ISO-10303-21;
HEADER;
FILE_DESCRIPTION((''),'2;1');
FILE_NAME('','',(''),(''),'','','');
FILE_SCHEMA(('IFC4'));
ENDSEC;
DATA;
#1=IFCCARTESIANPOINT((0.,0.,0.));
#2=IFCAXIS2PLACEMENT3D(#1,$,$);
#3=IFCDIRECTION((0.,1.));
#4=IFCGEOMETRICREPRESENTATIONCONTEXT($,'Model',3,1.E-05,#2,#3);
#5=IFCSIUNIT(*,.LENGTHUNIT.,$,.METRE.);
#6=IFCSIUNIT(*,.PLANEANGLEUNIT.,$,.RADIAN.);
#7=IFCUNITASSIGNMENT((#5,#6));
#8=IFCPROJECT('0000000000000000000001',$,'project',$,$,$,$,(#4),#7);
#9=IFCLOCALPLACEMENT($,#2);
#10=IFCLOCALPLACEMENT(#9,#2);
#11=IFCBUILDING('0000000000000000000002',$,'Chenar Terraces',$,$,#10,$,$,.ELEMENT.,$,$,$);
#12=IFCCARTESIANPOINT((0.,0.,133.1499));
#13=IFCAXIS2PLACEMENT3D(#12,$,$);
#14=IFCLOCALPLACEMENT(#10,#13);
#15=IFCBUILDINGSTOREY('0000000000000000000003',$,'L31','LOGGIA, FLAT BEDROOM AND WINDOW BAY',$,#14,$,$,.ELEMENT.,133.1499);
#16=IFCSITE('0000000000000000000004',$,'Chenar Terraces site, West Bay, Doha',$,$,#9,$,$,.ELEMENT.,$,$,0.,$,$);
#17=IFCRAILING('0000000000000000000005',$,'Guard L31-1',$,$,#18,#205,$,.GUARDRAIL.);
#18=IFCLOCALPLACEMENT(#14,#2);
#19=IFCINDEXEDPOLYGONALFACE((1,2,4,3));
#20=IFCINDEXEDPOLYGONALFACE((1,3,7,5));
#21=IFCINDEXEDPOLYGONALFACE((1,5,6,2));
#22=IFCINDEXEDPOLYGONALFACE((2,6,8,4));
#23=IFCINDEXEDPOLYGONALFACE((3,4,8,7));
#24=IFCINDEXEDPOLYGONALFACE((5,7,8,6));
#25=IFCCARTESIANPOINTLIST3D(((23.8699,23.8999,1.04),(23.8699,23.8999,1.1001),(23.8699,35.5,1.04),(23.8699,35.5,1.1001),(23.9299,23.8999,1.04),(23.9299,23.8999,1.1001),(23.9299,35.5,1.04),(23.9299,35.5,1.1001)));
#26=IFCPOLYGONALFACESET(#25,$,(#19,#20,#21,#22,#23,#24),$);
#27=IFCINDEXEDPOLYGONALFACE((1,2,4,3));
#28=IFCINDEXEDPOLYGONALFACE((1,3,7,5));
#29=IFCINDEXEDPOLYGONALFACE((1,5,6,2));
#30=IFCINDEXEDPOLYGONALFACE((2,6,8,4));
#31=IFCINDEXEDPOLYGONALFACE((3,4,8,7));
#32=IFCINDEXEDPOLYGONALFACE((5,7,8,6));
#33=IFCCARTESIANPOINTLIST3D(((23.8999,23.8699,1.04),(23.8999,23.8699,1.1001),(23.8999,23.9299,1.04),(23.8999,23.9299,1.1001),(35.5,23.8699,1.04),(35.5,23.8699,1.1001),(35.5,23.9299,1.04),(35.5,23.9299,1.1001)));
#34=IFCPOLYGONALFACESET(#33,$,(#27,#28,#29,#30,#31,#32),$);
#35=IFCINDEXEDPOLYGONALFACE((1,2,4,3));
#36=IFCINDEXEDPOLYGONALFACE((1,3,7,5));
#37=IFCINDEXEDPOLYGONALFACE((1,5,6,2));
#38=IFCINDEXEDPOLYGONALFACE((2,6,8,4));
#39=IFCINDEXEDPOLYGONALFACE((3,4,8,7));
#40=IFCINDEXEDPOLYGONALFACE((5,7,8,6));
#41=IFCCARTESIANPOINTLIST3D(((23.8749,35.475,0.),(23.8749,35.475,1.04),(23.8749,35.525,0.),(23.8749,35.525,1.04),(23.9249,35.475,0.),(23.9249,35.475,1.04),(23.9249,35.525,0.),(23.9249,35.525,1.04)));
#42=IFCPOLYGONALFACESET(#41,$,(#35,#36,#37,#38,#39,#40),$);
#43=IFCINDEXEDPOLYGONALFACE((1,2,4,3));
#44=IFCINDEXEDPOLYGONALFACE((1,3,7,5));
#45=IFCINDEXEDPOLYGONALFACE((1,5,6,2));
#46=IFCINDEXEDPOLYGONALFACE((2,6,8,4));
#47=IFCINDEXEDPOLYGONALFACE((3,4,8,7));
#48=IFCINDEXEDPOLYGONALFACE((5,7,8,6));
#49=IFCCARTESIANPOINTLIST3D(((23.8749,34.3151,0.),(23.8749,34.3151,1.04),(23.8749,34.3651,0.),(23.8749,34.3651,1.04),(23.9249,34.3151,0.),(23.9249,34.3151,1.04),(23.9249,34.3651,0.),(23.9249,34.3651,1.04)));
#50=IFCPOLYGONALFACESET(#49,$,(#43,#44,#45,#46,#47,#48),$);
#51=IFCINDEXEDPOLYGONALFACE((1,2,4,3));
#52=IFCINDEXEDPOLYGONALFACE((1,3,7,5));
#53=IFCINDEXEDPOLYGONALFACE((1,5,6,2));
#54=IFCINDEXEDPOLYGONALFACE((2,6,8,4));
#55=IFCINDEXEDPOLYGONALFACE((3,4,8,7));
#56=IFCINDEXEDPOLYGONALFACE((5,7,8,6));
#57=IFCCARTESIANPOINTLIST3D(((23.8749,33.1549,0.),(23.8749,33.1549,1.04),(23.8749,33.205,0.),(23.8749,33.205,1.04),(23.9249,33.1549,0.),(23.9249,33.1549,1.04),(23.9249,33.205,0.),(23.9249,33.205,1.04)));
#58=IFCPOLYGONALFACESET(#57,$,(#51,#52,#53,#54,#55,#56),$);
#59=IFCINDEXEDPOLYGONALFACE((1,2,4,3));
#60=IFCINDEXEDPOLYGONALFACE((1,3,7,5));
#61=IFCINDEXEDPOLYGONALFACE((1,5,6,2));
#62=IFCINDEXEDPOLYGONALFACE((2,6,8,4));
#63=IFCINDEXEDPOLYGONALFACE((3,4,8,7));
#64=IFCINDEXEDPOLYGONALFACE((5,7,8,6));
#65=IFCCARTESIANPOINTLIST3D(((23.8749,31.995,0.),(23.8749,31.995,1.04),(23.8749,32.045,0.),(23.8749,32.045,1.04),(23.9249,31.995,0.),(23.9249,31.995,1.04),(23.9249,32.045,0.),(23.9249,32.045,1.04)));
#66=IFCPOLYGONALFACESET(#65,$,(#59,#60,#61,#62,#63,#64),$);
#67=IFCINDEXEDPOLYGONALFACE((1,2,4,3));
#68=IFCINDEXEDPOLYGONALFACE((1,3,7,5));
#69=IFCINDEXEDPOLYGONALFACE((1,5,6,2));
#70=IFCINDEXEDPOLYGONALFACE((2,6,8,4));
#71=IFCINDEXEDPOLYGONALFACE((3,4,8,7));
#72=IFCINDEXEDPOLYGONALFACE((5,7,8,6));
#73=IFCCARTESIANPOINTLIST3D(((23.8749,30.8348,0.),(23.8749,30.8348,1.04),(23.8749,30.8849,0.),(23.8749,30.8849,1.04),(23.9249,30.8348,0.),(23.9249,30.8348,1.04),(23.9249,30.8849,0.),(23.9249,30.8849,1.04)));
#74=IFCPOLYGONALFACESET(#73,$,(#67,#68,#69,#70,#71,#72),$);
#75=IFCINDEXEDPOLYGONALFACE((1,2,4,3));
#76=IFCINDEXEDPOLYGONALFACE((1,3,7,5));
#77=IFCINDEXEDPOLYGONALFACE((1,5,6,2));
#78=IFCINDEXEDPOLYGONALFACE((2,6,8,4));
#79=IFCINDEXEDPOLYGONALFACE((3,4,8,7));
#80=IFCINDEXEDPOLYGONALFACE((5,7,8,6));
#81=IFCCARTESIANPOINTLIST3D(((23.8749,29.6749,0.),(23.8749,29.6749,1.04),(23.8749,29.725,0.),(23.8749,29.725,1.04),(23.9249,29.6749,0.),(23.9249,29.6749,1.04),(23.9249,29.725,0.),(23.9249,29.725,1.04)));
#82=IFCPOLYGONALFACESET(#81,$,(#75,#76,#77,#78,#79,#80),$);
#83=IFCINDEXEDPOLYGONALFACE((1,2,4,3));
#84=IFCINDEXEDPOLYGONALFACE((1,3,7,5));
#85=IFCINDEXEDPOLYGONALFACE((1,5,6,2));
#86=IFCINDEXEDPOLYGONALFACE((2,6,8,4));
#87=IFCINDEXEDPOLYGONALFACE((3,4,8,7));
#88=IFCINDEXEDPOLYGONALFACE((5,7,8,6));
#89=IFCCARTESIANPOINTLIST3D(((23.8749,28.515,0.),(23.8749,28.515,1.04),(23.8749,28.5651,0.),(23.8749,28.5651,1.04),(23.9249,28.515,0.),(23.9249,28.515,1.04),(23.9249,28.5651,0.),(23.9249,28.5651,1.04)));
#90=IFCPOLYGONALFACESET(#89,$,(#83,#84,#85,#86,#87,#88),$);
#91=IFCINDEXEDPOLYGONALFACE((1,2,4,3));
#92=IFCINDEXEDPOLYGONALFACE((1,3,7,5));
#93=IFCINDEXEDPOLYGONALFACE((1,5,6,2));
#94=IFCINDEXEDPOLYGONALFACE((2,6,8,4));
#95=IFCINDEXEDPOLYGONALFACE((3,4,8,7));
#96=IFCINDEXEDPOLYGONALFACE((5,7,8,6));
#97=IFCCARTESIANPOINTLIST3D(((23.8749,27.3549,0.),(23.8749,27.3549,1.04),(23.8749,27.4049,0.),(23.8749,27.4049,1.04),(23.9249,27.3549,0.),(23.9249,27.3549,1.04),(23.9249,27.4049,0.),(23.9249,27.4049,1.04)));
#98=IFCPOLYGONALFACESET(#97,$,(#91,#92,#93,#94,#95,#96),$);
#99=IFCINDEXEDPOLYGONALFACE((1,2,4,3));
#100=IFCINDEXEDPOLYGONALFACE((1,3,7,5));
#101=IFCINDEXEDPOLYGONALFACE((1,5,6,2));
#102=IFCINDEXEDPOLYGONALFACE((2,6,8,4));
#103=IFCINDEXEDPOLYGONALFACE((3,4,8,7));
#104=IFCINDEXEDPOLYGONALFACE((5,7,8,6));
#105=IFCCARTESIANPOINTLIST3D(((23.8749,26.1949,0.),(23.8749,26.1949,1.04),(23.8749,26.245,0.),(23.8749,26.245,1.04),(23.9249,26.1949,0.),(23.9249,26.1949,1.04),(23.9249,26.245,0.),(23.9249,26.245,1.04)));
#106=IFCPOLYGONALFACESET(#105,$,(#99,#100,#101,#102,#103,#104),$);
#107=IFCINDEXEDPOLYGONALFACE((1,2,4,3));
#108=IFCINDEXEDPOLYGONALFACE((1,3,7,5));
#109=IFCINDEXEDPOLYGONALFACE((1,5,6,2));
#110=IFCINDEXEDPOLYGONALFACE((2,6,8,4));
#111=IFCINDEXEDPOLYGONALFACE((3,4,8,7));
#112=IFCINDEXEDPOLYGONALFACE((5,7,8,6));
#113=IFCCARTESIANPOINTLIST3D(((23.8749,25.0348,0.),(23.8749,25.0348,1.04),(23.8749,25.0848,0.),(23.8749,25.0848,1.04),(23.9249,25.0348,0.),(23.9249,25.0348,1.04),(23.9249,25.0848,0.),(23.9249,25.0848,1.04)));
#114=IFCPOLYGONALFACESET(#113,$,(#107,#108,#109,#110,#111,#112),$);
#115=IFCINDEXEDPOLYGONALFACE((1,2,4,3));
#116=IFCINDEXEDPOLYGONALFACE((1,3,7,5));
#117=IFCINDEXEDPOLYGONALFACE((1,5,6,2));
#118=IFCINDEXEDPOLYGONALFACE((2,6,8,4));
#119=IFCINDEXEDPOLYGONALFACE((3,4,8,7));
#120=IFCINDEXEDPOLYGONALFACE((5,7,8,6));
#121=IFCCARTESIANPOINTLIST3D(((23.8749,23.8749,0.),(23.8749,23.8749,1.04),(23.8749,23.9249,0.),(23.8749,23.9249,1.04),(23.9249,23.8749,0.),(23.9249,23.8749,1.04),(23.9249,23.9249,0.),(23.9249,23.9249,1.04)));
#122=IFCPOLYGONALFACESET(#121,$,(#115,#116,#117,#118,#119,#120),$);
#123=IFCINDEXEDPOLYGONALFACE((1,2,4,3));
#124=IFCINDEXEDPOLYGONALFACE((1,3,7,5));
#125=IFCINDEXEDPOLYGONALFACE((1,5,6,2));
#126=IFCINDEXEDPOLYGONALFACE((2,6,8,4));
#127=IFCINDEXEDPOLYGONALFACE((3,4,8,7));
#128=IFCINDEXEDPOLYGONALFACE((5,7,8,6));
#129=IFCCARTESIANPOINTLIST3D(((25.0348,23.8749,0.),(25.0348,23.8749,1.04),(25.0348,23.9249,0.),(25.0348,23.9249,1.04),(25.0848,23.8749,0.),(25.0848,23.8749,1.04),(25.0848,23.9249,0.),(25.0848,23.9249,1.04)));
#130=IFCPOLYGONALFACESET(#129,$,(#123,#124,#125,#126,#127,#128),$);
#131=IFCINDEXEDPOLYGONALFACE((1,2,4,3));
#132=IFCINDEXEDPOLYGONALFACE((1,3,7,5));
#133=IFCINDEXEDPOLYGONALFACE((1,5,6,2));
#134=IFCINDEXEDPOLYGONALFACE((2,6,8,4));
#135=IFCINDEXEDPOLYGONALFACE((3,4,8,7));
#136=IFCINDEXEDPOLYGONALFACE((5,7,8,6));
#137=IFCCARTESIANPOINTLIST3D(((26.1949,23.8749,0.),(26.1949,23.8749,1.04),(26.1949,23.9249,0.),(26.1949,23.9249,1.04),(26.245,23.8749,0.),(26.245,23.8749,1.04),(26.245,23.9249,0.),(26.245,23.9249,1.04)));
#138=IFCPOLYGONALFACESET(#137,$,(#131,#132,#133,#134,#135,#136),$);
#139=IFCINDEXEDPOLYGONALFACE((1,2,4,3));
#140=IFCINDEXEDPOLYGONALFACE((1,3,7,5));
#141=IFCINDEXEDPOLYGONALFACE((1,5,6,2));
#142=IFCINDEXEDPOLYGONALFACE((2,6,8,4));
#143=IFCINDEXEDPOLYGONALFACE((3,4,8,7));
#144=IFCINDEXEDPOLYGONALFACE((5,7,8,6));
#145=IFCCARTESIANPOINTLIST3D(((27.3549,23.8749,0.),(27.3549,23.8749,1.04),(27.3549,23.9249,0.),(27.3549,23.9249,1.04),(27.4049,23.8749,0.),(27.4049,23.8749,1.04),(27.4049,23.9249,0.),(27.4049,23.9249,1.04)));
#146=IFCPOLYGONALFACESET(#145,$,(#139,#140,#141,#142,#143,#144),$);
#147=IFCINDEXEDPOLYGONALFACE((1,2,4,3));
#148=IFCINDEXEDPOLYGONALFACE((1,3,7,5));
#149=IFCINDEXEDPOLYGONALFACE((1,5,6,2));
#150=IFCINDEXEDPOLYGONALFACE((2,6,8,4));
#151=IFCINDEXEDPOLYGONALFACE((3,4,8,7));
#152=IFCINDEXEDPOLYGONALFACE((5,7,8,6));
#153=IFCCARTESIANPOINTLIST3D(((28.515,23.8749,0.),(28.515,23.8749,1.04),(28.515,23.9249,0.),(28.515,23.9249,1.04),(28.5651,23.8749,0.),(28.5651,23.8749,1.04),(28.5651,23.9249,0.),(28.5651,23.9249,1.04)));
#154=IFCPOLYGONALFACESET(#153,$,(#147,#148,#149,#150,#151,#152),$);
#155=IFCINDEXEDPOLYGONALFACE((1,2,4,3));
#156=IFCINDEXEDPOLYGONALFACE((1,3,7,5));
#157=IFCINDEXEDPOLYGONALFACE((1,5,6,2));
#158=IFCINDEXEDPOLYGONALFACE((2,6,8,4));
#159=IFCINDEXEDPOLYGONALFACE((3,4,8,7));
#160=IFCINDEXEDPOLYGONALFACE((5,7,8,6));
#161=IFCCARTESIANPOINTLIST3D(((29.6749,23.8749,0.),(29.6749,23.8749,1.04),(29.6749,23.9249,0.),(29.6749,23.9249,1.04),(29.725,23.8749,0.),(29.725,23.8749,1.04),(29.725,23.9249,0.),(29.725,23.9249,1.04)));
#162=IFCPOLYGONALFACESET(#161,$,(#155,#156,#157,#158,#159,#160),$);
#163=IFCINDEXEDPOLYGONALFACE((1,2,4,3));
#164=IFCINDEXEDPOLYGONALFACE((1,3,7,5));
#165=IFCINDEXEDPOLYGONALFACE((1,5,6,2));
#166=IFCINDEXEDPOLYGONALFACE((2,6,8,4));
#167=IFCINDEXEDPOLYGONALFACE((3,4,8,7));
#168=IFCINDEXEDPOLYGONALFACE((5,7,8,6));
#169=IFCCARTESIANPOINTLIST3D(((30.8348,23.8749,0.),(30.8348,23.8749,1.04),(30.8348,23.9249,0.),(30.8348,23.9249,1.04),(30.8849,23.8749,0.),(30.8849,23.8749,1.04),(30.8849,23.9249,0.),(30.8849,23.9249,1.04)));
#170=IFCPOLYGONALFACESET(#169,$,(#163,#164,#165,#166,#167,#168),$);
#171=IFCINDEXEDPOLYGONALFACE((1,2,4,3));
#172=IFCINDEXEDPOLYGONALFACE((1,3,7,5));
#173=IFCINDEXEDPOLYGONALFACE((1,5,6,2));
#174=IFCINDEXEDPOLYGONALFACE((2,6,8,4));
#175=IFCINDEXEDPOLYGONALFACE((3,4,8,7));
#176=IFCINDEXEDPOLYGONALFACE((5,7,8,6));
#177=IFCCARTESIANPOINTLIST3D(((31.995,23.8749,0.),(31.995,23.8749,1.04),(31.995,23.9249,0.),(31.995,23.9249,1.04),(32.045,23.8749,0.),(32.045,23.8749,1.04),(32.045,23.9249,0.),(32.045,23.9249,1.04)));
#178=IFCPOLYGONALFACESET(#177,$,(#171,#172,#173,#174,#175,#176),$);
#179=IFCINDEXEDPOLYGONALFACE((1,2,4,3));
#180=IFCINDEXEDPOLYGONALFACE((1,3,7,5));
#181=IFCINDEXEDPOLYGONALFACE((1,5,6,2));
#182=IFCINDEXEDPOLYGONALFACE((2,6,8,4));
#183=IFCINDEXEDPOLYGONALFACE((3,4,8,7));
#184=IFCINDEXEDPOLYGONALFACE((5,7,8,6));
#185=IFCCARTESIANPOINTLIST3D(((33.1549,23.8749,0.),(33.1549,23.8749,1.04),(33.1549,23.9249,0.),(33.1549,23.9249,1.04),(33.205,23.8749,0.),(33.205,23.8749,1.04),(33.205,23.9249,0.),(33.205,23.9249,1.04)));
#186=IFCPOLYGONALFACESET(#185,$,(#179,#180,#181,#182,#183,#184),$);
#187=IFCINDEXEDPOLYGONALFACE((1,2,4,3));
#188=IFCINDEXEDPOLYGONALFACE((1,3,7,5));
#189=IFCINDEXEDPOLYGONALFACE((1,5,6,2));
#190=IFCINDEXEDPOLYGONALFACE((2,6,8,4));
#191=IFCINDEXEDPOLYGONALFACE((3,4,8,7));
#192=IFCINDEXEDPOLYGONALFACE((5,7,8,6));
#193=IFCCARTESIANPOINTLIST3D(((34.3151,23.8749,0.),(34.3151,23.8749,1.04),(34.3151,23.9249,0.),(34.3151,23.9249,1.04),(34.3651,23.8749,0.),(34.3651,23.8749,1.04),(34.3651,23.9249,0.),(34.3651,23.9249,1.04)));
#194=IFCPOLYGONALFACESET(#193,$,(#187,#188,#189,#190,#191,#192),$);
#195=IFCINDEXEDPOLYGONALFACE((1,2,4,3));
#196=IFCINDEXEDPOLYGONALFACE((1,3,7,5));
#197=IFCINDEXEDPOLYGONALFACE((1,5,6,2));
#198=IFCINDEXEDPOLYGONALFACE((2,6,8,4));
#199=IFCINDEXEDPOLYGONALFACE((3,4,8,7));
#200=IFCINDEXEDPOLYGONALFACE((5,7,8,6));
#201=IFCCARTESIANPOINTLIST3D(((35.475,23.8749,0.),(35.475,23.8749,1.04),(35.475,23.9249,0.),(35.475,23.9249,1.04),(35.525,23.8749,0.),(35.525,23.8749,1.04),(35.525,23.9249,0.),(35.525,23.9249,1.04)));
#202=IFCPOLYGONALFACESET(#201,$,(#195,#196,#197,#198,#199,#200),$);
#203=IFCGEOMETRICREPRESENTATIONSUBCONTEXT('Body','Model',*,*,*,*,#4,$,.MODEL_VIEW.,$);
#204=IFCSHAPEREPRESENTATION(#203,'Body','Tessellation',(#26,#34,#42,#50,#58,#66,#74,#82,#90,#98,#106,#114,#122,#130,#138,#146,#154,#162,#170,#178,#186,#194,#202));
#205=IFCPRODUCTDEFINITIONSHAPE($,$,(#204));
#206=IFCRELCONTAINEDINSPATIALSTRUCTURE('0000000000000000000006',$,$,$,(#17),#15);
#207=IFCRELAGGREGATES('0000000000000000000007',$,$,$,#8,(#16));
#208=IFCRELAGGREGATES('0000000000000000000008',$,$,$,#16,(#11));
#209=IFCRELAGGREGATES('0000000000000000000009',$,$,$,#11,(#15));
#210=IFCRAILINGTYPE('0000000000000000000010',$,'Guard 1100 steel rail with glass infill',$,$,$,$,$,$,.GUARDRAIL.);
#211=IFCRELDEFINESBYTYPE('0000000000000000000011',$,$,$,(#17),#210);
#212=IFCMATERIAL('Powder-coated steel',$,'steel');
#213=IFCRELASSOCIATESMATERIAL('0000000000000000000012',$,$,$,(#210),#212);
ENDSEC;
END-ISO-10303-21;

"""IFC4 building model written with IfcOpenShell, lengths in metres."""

from ifc_helpers import new_model, si_unit, direction, frame, origin, origin_2d, place, context, subcontext, project, spatial, rectangle, extrude, material, type_object, element, save


model = new_model("IFC4")

# Units and contexts
model_context = context("Model", 3, precision=1e-05, world=origin(), true_north=direction((0.0, 1.0)))
body_context = subcontext(model_context, "Body", "Model", "MODEL_VIEW")
ifc_project = project(units=[si_unit("LENGTHUNIT", "METRE"), si_unit("PLANEANGLEUNIT", "RADIAN")], contexts=[model_context])

# Site, building, storey
site_placement = place(None, origin())
site = spatial("IfcSite", under=ifc_project, at=site_placement, Name="Chenar Terraces site, West Bay, Doha", CompositionType="ELEMENT", RefElevation=0.0)
building_placement = place(site_placement, origin())
building = spatial("IfcBuilding", under=site, at=building_placement, Name="Chenar Terraces", CompositionType="ELEMENT")
storey_placement = place(building_placement, frame((0.0, 0.0, 133.1499)))
storey = spatial("IfcBuildingStorey", under=building, at=storey_placement, Name="L31", Description="LOGGIA, FLAT BEDROOM AND WINDOW BAY", CompositionType="ELEMENT", Elevation=133.1499)

# Railing
ifc_material_1 = material(Name="Powder-coated steel", Category="steel")
railing_type = type_object("IfcRailingType", Name="Guard 1100 steel rail with glass infill", PredefinedType="GUARDRAIL", material=ifc_material_1)
railing_1_placement = place(storey_placement, frame((23.8999, 35.5, 0.0)))
element("IfcRailing", 1, at=railing_1_placement, inside=storey, type_object=railing_type, Name="Guard L31-1", PredefinedType="GUARDRAIL", context=body_context, shape_type="SweptSolid", body=[
    extrude(rectangle(XDim=0.0601, YDim=0.0601, at=origin_2d()), frame((0.0, 0.0, 1.0701), z_axis=(0.0, -1.0, 0.0), x_axis=(1.0, 0.0, 0.0)), (0.0, 0.0, 1.0), 11.6001),
    extrude(rectangle(XDim=0.0601, YDim=0.0601, at=origin_2d()), frame((0.0, -11.6001, 1.0701), z_axis=(1.0, 0.0, 0.0), x_axis=(0.0, 1.0, 0.0)), (0.0, 0.0, 1.0), 11.6001),
    extrude(rectangle(XDim=0.05, YDim=0.05, at=origin_2d()), origin(), (0.0, 0.0, 1.0), 1.04),
    extrude(rectangle(XDim=0.05, YDim=0.05, at=origin_2d()), frame((0.0, -1.1599, 0.0)), (0.0, 0.0, 1.0), 1.04),
    extrude(rectangle(XDim=0.05, YDim=0.05, at=origin_2d()), frame((0.0, -2.3201, 0.0)), (0.0, 0.0, 1.0), 1.04),
    extrude(rectangle(XDim=0.05, YDim=0.05, at=origin_2d()), frame((0.0, -3.48, 0.0)), (0.0, 0.0, 1.0), 1.04),
    extrude(rectangle(XDim=0.05, YDim=0.05, at=origin_2d()), frame((0.0, -4.6401, 0.0)), (0.0, 0.0, 1.0), 1.04),
    extrude(rectangle(XDim=0.05, YDim=0.05, at=origin_2d()), frame((0.0, -5.8, 0.0)), (0.0, 0.0, 1.0), 1.04),
    extrude(rectangle(XDim=0.05, YDim=0.05, at=origin_2d()), frame((0.0, -6.96, 0.0)), (0.0, 0.0, 1.0), 1.04),
    extrude(rectangle(XDim=0.05, YDim=0.05, at=origin_2d()), frame((0.0, -8.1201, 0.0)), (0.0, 0.0, 1.0), 1.04),
    extrude(rectangle(XDim=0.05, YDim=0.05, at=origin_2d()), frame((0.0, -9.28, 0.0)), (0.0, 0.0, 1.0), 1.04),
    extrude(rectangle(XDim=0.05, YDim=0.05, at=origin_2d()), frame((0.0, -10.4402, 0.0)), (0.0, 0.0, 1.0), 1.04),
    extrude(rectangle(XDim=0.05, YDim=0.05, at=origin_2d()), frame((0.0, -11.6001, 0.0)), (0.0, 0.0, 1.0), 1.04),
    extrude(rectangle(XDim=0.05, YDim=0.05, at=origin_2d()), frame((1.1599, -11.6001, 0.0)), (0.0, 0.0, 1.0), 1.04),
    extrude(rectangle(XDim=0.05, YDim=0.05, at=origin_2d()), frame((2.3201, -11.6001, 0.0)), (0.0, 0.0, 1.0), 1.04),
    extrude(rectangle(XDim=0.05, YDim=0.05, at=origin_2d()), frame((3.48, -11.6001, 0.0)), (0.0, 0.0, 1.0), 1.04),
    extrude(rectangle(XDim=0.05, YDim=0.05, at=origin_2d()), frame((4.6401, -11.6001, 0.0)), (0.0, 0.0, 1.0), 1.04),
    extrude(rectangle(XDim=0.05, YDim=0.05, at=origin_2d()), frame((5.8, -11.6001, 0.0)), (0.0, 0.0, 1.0), 1.04),
    extrude(rectangle(XDim=0.05, YDim=0.05, at=origin_2d()), frame((6.96, -11.6001, 0.0)), (0.0, 0.0, 1.0), 1.04),
    extrude(rectangle(XDim=0.05, YDim=0.05, at=origin_2d()), frame((8.1201, -11.6001, 0.0)), (0.0, 0.0, 1.0), 1.04),
    extrude(rectangle(XDim=0.05, YDim=0.05, at=origin_2d()), frame((9.28, -11.6001, 0.0)), (0.0, 0.0, 1.0), 1.04),
    extrude(rectangle(XDim=0.05, YDim=0.05, at=origin_2d()), frame((10.4402, -11.6001, 0.0)), (0.0, 0.0, 1.0), 1.04),
    extrude(rectangle(XDim=0.05, YDim=0.05, at=origin_2d()), frame((11.6001, -11.6001, 0.0)), (0.0, 0.0, 1.0), 1.04),
])

save(model, "model.ifc")
